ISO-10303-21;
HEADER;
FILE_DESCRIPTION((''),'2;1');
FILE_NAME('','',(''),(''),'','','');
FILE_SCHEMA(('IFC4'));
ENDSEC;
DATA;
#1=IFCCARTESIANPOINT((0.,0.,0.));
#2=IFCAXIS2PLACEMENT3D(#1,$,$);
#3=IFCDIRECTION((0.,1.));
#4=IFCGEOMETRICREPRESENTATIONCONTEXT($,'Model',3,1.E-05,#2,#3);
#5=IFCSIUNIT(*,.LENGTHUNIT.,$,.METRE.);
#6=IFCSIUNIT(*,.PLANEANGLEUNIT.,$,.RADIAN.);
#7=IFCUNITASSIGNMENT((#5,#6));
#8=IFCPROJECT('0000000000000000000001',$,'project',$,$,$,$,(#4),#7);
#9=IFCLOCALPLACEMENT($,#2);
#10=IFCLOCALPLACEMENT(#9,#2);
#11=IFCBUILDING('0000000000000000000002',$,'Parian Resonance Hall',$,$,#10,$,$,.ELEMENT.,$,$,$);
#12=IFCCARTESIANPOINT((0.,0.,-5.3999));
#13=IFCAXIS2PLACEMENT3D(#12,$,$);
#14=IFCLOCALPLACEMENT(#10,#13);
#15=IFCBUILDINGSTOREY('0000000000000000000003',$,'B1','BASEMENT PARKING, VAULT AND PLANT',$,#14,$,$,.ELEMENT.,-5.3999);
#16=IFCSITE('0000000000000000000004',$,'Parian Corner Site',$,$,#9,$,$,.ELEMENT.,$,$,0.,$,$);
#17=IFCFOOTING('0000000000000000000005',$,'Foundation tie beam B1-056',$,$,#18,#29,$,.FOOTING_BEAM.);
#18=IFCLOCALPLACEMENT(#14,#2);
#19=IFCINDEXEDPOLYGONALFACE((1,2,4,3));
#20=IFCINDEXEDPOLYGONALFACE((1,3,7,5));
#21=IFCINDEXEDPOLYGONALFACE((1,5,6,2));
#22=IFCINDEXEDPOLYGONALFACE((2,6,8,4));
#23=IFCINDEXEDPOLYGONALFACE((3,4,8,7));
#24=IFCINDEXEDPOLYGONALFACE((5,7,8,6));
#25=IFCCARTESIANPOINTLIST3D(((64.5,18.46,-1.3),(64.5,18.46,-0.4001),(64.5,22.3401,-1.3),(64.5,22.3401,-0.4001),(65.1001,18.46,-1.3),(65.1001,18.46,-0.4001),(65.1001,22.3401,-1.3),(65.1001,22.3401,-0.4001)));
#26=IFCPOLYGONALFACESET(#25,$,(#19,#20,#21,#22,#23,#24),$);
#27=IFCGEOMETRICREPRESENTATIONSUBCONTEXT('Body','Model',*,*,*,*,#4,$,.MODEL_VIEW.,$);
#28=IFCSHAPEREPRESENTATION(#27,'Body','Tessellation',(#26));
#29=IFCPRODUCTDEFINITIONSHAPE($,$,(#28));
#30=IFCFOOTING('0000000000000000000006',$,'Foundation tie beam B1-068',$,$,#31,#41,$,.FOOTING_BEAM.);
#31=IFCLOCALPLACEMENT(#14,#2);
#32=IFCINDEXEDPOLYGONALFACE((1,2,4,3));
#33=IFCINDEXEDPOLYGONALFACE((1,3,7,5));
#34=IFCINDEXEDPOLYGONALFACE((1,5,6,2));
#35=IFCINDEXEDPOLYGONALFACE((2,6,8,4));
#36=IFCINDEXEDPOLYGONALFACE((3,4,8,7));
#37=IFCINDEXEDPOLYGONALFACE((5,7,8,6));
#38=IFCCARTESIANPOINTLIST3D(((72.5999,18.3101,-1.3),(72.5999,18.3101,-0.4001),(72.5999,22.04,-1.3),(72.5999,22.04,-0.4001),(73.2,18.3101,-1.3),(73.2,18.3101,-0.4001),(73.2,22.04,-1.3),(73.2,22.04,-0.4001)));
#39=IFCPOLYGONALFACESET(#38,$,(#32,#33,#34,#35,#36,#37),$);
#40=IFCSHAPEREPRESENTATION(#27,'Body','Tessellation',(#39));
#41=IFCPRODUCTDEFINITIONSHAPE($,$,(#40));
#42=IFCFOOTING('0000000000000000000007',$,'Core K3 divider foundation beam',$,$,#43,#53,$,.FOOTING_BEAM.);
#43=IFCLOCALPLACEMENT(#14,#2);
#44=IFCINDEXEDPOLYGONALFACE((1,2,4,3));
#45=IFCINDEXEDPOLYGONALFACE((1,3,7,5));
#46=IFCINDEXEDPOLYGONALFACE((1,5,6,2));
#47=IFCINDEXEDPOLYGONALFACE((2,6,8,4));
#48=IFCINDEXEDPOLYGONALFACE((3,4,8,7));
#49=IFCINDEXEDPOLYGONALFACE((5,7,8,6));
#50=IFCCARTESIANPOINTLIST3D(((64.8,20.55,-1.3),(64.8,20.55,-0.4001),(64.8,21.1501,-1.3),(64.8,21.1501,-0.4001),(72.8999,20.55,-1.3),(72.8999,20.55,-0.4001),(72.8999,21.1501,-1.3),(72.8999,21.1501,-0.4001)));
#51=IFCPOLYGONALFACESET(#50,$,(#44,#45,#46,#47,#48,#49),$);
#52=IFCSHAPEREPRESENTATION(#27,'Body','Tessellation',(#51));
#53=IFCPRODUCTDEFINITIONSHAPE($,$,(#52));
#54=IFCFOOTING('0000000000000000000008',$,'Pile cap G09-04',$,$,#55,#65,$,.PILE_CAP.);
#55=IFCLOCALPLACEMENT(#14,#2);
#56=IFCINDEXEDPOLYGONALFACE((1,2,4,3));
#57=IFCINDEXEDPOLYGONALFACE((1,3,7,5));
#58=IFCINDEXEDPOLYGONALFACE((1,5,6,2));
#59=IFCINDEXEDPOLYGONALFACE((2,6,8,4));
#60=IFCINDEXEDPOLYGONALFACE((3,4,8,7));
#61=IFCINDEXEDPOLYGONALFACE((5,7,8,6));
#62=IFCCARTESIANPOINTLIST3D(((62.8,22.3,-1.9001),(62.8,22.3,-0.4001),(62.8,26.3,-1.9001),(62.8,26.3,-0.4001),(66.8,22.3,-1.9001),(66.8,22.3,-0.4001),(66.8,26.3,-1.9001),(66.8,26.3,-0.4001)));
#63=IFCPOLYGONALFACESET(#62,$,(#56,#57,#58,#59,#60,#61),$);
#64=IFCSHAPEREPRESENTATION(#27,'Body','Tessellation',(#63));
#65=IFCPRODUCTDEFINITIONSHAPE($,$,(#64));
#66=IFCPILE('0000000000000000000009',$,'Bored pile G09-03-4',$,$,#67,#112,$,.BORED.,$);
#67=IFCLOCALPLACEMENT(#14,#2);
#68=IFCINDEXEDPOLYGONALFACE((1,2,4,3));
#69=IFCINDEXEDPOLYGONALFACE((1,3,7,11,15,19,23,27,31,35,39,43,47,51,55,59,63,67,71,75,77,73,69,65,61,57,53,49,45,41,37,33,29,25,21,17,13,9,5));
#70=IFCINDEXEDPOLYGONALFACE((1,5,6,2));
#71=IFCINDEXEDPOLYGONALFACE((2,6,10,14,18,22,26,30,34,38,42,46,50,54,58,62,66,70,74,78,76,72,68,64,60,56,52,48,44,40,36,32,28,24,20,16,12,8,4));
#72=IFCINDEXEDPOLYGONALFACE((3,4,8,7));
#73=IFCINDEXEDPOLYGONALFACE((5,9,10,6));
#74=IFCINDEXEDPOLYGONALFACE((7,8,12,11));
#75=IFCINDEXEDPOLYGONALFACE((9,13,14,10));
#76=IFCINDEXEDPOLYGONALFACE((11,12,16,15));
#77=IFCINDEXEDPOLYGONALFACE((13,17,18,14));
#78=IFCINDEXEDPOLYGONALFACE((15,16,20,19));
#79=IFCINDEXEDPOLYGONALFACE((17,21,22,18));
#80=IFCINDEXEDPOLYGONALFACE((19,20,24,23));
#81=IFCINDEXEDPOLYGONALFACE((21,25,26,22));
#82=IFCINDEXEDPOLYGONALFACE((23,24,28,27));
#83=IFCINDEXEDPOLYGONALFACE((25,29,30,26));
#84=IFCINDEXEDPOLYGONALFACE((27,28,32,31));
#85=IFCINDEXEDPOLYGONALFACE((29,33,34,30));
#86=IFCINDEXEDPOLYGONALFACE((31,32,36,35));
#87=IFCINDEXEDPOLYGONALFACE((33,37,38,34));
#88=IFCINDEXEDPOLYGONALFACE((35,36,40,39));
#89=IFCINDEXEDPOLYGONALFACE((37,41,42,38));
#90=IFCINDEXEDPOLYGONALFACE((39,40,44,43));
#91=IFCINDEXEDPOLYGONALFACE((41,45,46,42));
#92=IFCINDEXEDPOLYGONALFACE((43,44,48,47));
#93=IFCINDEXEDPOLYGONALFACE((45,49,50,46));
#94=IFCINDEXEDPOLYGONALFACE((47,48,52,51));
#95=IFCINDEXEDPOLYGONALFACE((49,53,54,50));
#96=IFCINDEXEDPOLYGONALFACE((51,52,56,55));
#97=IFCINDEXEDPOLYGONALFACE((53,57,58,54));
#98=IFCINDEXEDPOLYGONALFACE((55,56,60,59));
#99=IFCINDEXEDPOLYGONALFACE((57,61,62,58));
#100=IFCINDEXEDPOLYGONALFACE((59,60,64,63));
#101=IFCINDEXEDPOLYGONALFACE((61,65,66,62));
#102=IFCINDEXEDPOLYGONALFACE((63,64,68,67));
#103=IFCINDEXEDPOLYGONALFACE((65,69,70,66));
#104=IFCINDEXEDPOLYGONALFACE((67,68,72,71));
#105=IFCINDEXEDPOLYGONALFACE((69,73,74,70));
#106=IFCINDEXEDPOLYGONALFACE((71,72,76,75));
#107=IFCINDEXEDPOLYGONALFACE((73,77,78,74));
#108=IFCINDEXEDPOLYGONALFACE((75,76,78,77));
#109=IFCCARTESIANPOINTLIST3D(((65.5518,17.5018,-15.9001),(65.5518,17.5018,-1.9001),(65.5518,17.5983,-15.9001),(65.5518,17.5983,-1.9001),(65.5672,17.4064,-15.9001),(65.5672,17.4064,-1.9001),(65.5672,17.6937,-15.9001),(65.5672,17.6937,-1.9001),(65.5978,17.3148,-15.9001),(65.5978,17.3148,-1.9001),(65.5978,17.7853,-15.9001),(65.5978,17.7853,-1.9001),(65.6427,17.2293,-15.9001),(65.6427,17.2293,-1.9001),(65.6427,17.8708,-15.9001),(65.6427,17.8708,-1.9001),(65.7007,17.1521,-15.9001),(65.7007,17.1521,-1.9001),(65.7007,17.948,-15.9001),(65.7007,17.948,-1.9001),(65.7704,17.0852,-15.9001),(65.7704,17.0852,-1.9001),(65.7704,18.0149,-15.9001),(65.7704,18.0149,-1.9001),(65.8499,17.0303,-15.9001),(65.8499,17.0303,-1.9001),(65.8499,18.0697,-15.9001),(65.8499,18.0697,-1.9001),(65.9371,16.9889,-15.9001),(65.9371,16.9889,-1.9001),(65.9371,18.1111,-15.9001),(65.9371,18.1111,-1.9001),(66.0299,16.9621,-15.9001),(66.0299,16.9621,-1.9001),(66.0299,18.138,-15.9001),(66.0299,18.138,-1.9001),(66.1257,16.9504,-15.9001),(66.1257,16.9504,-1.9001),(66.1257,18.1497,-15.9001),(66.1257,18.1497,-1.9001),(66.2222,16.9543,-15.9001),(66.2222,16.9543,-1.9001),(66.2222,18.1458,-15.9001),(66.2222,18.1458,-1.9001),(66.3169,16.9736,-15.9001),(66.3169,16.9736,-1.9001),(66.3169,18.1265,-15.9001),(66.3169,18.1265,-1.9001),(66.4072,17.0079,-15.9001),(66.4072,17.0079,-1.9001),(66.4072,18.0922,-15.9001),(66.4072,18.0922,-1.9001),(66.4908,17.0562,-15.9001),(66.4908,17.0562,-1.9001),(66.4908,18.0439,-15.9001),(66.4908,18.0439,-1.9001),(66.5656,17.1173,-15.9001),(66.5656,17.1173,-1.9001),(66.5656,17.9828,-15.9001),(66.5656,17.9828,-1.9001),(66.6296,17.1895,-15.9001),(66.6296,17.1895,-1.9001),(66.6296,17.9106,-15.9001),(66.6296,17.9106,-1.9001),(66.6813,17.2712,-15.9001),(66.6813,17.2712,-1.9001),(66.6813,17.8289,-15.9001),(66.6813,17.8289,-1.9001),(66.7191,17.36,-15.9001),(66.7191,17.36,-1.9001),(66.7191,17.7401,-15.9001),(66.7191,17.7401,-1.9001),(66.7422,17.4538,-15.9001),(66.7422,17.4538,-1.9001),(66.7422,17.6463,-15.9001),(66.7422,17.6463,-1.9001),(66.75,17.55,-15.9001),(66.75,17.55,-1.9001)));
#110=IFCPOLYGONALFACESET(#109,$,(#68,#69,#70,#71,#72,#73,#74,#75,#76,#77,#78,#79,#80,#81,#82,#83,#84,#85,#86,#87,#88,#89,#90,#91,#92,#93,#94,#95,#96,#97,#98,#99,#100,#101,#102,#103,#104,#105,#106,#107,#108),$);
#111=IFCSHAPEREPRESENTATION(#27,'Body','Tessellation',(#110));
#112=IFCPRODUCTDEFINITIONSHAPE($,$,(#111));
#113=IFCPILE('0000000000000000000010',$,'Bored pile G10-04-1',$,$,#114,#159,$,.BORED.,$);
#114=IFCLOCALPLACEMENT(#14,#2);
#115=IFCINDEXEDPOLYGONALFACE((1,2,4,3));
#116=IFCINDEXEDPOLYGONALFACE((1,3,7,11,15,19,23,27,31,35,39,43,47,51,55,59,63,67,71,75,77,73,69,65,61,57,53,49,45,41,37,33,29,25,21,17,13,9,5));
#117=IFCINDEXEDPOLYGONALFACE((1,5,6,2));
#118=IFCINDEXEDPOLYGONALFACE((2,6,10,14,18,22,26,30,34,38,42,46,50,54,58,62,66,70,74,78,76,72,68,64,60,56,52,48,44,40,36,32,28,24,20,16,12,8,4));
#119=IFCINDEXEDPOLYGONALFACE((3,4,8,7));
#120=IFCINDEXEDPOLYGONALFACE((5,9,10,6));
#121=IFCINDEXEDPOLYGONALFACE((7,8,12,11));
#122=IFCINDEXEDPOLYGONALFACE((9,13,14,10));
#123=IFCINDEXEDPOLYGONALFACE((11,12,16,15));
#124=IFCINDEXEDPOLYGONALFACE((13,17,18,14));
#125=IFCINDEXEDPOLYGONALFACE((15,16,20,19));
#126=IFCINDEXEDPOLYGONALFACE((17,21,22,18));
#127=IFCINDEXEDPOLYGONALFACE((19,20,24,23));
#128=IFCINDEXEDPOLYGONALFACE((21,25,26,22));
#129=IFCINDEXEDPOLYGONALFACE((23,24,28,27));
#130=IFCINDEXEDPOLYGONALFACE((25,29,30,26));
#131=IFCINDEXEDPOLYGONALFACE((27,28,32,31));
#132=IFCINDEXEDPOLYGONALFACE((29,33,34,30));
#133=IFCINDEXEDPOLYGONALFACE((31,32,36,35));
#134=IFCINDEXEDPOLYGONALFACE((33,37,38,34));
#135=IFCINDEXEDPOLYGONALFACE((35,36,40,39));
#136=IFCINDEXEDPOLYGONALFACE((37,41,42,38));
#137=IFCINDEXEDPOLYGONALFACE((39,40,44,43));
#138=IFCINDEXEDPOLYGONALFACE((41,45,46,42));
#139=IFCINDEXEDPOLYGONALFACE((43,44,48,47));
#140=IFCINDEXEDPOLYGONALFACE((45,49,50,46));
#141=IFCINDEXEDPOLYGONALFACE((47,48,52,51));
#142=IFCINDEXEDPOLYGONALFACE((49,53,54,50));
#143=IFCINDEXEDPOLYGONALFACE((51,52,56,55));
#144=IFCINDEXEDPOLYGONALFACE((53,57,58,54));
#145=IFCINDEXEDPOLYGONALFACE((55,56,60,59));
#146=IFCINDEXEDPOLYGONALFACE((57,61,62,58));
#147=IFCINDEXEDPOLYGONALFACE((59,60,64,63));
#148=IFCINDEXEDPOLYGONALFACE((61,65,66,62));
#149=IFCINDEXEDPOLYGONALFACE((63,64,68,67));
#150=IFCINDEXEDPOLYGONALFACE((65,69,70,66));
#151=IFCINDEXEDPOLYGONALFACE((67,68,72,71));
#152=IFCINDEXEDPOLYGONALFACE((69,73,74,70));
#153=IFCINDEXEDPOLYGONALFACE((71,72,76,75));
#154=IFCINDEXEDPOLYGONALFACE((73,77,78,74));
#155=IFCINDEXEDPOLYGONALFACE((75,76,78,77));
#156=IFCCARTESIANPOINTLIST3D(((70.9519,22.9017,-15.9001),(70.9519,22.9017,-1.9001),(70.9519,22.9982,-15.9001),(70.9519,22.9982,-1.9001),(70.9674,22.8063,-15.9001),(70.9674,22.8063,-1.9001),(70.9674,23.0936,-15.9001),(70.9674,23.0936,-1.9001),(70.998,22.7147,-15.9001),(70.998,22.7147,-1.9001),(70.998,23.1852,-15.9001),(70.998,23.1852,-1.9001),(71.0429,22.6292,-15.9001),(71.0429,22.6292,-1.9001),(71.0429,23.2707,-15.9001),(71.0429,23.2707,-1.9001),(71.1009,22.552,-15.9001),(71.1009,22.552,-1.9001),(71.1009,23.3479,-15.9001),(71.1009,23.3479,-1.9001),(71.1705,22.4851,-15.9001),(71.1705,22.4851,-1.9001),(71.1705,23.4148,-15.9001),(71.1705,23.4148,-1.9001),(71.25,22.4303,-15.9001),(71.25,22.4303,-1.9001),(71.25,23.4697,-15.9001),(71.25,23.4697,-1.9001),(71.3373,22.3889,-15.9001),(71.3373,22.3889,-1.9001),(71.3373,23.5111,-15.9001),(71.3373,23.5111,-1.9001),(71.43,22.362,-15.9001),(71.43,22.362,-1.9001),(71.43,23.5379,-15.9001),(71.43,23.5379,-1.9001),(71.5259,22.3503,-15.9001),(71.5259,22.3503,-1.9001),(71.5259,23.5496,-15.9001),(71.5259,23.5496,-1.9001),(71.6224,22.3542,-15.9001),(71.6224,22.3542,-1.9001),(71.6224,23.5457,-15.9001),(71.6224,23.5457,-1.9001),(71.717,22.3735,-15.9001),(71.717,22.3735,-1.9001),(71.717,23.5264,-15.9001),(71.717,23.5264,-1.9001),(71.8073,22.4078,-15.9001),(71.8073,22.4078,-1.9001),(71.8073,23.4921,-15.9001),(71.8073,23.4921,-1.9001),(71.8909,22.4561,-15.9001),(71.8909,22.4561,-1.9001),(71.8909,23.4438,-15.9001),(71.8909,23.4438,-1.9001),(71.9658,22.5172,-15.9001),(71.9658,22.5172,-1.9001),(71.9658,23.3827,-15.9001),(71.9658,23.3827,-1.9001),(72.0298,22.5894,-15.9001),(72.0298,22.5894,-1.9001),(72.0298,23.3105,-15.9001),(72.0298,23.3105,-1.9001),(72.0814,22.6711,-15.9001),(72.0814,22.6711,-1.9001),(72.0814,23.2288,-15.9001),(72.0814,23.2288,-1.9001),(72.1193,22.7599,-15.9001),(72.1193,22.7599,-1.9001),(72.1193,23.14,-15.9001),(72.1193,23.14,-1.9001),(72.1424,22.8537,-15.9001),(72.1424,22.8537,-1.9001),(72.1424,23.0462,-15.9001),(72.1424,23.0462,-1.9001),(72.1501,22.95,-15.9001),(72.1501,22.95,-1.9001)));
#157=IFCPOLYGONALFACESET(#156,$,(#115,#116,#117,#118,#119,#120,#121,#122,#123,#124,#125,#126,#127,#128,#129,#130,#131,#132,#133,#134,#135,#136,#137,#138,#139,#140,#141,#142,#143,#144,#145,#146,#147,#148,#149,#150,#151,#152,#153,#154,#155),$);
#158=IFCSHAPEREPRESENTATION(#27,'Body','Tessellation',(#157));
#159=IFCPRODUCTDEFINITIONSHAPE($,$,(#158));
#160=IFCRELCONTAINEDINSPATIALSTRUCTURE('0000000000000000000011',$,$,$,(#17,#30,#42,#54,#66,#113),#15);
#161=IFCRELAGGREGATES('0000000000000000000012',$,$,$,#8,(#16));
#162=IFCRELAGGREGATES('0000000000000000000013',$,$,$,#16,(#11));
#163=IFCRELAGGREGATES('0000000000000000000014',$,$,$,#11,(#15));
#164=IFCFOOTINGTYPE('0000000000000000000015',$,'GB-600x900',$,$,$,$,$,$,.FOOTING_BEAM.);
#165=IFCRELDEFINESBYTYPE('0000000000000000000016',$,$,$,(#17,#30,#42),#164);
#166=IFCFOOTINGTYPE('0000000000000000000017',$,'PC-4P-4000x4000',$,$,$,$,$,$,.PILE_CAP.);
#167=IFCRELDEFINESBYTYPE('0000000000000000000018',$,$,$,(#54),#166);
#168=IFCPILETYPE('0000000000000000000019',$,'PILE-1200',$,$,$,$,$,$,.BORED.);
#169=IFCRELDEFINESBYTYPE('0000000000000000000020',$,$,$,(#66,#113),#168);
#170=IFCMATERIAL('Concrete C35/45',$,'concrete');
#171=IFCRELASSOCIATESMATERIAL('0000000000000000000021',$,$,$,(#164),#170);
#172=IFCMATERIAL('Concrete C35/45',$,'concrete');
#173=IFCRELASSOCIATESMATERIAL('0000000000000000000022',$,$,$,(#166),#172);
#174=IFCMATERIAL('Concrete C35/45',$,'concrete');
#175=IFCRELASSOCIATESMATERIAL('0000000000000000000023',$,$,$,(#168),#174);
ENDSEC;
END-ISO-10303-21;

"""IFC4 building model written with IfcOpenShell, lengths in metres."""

from ifc_helpers import new_model, si_unit, direction, frame, origin, origin_2d, place, context, subcontext, project, spatial, rectangle, circle, extrude, material, material_profile, profile_set, type_object, element, save


model = new_model("IFC4")

# Units and contexts
model_context = context("Model", 3, precision=1e-05, world=origin(), true_north=direction((0.0, 1.0)))
body_context = subcontext(model_context, "Body", "Model", "MODEL_VIEW")
ifc_project = project(units=[si_unit("LENGTHUNIT", "METRE"), si_unit("PLANEANGLEUNIT", "RADIAN")], contexts=[model_context])

# Site, building, storey
site_placement = place(None, origin())
site = spatial("IfcSite", under=ifc_project, at=site_placement, Name="Parian Corner Site", CompositionType="ELEMENT", RefElevation=0.0)
building_placement = place(site_placement, origin())
building = spatial("IfcBuilding", under=site, at=building_placement, Name="Parian Resonance Hall", CompositionType="ELEMENT")
storey_placement = place(building_placement, frame((0.0, 0.0, -5.3999)))
storey = spatial("IfcBuildingStorey", under=building, at=storey_placement, Name="B1", Description="BASEMENT PARKING, VAULT AND PLANT", CompositionType="ELEMENT", Elevation=-5.3999)

# Footings
ifc_material_1 = material(Name="Concrete C35/45", Category="concrete")
ifc_material_profile_1 = material_profile(ifc_material_1, rectangle(XDim=0.6001, YDim=0.8999, at=origin_2d()), Name="RC-GB-600x900")
ifc_profile_set_1 = profile_set([ifc_material_profile_1], Name="Concrete C35/45")
footing_type_1 = type_object("IfcFootingType", Name="GB-600x900", PredefinedType="FOOTING_BEAM", material=ifc_profile_set_1)
footing_1_placement = place(storey_placement, frame((64.8, 18.46, -0.8501), z_axis=(0.0, 1.0, 0.0), x_axis=(-1.0, 0.0, 0.0)))
element("IfcFooting", 1, at=footing_1_placement, inside=storey, type_object=footing_type_1, Name="Foundation tie beam B1-056", PredefinedType="FOOTING_BEAM", context=body_context, shape_type="SweptSolid", body=[
    extrude(rectangle(XDim=0.6001, YDim=0.8999, at=origin_2d()), origin(), (0.0, 0.0, 1.0), 3.8801),
])
footing_2_placement = place(storey_placement, frame((72.8999, 18.3101, -0.8501), z_axis=(0.0, 1.0, 0.0), x_axis=(-1.0, 0.0, 0.0)))
element("IfcFooting", 2, at=footing_2_placement, inside=storey, type_object=footing_type_1, Name="Foundation tie beam B1-068", PredefinedType="FOOTING_BEAM", context=body_context, shape_type="SweptSolid", body=[
    extrude(rectangle(XDim=0.6001, YDim=0.8999, at=origin_2d()), origin(), (0.0, 0.0, 1.0), 3.73),
])
footing_3_placement = place(storey_placement, frame((64.8, 20.8501, -0.8501), z_axis=(1.0, 0.0, 0.0), x_axis=(0.0, 1.0, 0.0)))
element("IfcFooting", 3, at=footing_3_placement, inside=storey, type_object=footing_type_1, Name="Core K3 divider foundation beam", PredefinedType="FOOTING_BEAM", context=body_context, shape_type="SweptSolid", body=[
    extrude(rectangle(XDim=0.6001, YDim=0.8999, at=origin_2d()), origin(), (0.0, 0.0, 1.0), 8.0999),
])
ifc_material_2 = material(Name="Concrete C35/45", Category="concrete")
footing_type_2 = type_object("IfcFootingType", Name="PC-4P-4000x4000", PredefinedType="PILE_CAP", material=ifc_material_2)
footing_4_placement = place(storey_placement, frame((64.8, 24.3, -1.9001), z_axis=(0.0, 0.0, 1.0), x_axis=(1.0, 0.0, 0.0)))
element("IfcFooting", 4, at=footing_4_placement, inside=storey, type_object=footing_type_2, Name="Pile cap G09-04", PredefinedType="PILE_CAP", context=body_context, shape_type="SweptSolid", body=[
    extrude(rectangle(XDim=4.0, YDim=4.0, at=origin_2d()), origin(), (0.0, 0.0, 1.0), 1.5),
])

# Piles
ifc_material_3 = material(Name="Concrete C35/45", Category="concrete")
ifc_material_profile_2 = material_profile(ifc_material_3, circle(Radius=0.6001, at=origin_2d()), Name="PILE-D1200")
ifc_profile_set_2 = profile_set([ifc_material_profile_2], Name="Concrete C35/45")
pile_type_1 = type_object("IfcPileType", Name="PILE-1200", PredefinedType="BORED", material=ifc_profile_set_2)
for number, where, z_axis, x_axis, name in (
    (5, (66.1499, 17.55, -1.9001), (0.0, 0.0, -1.0), (1.0, 0.0, 0.0), "Bored pile G09-03-4"),
    (6, (71.55, 22.95, -1.9001), (0.0, 0.0, -1.0), (1.0, 0.0, 0.0), "Bored pile G10-04-1"),
):
    element("IfcPile", number, at=place(storey_placement, frame(where, z_axis=z_axis, x_axis=x_axis)), inside=storey, type_object=pile_type_1, Name=name, PredefinedType="BORED", context=body_context, shape_type="SweptSolid", body=[
        extrude(circle(Radius=0.6001, at=origin_2d()), origin(), (0.0, 0.0, 1.0), 14.0),
    ])

save(model, "model.ifc")
